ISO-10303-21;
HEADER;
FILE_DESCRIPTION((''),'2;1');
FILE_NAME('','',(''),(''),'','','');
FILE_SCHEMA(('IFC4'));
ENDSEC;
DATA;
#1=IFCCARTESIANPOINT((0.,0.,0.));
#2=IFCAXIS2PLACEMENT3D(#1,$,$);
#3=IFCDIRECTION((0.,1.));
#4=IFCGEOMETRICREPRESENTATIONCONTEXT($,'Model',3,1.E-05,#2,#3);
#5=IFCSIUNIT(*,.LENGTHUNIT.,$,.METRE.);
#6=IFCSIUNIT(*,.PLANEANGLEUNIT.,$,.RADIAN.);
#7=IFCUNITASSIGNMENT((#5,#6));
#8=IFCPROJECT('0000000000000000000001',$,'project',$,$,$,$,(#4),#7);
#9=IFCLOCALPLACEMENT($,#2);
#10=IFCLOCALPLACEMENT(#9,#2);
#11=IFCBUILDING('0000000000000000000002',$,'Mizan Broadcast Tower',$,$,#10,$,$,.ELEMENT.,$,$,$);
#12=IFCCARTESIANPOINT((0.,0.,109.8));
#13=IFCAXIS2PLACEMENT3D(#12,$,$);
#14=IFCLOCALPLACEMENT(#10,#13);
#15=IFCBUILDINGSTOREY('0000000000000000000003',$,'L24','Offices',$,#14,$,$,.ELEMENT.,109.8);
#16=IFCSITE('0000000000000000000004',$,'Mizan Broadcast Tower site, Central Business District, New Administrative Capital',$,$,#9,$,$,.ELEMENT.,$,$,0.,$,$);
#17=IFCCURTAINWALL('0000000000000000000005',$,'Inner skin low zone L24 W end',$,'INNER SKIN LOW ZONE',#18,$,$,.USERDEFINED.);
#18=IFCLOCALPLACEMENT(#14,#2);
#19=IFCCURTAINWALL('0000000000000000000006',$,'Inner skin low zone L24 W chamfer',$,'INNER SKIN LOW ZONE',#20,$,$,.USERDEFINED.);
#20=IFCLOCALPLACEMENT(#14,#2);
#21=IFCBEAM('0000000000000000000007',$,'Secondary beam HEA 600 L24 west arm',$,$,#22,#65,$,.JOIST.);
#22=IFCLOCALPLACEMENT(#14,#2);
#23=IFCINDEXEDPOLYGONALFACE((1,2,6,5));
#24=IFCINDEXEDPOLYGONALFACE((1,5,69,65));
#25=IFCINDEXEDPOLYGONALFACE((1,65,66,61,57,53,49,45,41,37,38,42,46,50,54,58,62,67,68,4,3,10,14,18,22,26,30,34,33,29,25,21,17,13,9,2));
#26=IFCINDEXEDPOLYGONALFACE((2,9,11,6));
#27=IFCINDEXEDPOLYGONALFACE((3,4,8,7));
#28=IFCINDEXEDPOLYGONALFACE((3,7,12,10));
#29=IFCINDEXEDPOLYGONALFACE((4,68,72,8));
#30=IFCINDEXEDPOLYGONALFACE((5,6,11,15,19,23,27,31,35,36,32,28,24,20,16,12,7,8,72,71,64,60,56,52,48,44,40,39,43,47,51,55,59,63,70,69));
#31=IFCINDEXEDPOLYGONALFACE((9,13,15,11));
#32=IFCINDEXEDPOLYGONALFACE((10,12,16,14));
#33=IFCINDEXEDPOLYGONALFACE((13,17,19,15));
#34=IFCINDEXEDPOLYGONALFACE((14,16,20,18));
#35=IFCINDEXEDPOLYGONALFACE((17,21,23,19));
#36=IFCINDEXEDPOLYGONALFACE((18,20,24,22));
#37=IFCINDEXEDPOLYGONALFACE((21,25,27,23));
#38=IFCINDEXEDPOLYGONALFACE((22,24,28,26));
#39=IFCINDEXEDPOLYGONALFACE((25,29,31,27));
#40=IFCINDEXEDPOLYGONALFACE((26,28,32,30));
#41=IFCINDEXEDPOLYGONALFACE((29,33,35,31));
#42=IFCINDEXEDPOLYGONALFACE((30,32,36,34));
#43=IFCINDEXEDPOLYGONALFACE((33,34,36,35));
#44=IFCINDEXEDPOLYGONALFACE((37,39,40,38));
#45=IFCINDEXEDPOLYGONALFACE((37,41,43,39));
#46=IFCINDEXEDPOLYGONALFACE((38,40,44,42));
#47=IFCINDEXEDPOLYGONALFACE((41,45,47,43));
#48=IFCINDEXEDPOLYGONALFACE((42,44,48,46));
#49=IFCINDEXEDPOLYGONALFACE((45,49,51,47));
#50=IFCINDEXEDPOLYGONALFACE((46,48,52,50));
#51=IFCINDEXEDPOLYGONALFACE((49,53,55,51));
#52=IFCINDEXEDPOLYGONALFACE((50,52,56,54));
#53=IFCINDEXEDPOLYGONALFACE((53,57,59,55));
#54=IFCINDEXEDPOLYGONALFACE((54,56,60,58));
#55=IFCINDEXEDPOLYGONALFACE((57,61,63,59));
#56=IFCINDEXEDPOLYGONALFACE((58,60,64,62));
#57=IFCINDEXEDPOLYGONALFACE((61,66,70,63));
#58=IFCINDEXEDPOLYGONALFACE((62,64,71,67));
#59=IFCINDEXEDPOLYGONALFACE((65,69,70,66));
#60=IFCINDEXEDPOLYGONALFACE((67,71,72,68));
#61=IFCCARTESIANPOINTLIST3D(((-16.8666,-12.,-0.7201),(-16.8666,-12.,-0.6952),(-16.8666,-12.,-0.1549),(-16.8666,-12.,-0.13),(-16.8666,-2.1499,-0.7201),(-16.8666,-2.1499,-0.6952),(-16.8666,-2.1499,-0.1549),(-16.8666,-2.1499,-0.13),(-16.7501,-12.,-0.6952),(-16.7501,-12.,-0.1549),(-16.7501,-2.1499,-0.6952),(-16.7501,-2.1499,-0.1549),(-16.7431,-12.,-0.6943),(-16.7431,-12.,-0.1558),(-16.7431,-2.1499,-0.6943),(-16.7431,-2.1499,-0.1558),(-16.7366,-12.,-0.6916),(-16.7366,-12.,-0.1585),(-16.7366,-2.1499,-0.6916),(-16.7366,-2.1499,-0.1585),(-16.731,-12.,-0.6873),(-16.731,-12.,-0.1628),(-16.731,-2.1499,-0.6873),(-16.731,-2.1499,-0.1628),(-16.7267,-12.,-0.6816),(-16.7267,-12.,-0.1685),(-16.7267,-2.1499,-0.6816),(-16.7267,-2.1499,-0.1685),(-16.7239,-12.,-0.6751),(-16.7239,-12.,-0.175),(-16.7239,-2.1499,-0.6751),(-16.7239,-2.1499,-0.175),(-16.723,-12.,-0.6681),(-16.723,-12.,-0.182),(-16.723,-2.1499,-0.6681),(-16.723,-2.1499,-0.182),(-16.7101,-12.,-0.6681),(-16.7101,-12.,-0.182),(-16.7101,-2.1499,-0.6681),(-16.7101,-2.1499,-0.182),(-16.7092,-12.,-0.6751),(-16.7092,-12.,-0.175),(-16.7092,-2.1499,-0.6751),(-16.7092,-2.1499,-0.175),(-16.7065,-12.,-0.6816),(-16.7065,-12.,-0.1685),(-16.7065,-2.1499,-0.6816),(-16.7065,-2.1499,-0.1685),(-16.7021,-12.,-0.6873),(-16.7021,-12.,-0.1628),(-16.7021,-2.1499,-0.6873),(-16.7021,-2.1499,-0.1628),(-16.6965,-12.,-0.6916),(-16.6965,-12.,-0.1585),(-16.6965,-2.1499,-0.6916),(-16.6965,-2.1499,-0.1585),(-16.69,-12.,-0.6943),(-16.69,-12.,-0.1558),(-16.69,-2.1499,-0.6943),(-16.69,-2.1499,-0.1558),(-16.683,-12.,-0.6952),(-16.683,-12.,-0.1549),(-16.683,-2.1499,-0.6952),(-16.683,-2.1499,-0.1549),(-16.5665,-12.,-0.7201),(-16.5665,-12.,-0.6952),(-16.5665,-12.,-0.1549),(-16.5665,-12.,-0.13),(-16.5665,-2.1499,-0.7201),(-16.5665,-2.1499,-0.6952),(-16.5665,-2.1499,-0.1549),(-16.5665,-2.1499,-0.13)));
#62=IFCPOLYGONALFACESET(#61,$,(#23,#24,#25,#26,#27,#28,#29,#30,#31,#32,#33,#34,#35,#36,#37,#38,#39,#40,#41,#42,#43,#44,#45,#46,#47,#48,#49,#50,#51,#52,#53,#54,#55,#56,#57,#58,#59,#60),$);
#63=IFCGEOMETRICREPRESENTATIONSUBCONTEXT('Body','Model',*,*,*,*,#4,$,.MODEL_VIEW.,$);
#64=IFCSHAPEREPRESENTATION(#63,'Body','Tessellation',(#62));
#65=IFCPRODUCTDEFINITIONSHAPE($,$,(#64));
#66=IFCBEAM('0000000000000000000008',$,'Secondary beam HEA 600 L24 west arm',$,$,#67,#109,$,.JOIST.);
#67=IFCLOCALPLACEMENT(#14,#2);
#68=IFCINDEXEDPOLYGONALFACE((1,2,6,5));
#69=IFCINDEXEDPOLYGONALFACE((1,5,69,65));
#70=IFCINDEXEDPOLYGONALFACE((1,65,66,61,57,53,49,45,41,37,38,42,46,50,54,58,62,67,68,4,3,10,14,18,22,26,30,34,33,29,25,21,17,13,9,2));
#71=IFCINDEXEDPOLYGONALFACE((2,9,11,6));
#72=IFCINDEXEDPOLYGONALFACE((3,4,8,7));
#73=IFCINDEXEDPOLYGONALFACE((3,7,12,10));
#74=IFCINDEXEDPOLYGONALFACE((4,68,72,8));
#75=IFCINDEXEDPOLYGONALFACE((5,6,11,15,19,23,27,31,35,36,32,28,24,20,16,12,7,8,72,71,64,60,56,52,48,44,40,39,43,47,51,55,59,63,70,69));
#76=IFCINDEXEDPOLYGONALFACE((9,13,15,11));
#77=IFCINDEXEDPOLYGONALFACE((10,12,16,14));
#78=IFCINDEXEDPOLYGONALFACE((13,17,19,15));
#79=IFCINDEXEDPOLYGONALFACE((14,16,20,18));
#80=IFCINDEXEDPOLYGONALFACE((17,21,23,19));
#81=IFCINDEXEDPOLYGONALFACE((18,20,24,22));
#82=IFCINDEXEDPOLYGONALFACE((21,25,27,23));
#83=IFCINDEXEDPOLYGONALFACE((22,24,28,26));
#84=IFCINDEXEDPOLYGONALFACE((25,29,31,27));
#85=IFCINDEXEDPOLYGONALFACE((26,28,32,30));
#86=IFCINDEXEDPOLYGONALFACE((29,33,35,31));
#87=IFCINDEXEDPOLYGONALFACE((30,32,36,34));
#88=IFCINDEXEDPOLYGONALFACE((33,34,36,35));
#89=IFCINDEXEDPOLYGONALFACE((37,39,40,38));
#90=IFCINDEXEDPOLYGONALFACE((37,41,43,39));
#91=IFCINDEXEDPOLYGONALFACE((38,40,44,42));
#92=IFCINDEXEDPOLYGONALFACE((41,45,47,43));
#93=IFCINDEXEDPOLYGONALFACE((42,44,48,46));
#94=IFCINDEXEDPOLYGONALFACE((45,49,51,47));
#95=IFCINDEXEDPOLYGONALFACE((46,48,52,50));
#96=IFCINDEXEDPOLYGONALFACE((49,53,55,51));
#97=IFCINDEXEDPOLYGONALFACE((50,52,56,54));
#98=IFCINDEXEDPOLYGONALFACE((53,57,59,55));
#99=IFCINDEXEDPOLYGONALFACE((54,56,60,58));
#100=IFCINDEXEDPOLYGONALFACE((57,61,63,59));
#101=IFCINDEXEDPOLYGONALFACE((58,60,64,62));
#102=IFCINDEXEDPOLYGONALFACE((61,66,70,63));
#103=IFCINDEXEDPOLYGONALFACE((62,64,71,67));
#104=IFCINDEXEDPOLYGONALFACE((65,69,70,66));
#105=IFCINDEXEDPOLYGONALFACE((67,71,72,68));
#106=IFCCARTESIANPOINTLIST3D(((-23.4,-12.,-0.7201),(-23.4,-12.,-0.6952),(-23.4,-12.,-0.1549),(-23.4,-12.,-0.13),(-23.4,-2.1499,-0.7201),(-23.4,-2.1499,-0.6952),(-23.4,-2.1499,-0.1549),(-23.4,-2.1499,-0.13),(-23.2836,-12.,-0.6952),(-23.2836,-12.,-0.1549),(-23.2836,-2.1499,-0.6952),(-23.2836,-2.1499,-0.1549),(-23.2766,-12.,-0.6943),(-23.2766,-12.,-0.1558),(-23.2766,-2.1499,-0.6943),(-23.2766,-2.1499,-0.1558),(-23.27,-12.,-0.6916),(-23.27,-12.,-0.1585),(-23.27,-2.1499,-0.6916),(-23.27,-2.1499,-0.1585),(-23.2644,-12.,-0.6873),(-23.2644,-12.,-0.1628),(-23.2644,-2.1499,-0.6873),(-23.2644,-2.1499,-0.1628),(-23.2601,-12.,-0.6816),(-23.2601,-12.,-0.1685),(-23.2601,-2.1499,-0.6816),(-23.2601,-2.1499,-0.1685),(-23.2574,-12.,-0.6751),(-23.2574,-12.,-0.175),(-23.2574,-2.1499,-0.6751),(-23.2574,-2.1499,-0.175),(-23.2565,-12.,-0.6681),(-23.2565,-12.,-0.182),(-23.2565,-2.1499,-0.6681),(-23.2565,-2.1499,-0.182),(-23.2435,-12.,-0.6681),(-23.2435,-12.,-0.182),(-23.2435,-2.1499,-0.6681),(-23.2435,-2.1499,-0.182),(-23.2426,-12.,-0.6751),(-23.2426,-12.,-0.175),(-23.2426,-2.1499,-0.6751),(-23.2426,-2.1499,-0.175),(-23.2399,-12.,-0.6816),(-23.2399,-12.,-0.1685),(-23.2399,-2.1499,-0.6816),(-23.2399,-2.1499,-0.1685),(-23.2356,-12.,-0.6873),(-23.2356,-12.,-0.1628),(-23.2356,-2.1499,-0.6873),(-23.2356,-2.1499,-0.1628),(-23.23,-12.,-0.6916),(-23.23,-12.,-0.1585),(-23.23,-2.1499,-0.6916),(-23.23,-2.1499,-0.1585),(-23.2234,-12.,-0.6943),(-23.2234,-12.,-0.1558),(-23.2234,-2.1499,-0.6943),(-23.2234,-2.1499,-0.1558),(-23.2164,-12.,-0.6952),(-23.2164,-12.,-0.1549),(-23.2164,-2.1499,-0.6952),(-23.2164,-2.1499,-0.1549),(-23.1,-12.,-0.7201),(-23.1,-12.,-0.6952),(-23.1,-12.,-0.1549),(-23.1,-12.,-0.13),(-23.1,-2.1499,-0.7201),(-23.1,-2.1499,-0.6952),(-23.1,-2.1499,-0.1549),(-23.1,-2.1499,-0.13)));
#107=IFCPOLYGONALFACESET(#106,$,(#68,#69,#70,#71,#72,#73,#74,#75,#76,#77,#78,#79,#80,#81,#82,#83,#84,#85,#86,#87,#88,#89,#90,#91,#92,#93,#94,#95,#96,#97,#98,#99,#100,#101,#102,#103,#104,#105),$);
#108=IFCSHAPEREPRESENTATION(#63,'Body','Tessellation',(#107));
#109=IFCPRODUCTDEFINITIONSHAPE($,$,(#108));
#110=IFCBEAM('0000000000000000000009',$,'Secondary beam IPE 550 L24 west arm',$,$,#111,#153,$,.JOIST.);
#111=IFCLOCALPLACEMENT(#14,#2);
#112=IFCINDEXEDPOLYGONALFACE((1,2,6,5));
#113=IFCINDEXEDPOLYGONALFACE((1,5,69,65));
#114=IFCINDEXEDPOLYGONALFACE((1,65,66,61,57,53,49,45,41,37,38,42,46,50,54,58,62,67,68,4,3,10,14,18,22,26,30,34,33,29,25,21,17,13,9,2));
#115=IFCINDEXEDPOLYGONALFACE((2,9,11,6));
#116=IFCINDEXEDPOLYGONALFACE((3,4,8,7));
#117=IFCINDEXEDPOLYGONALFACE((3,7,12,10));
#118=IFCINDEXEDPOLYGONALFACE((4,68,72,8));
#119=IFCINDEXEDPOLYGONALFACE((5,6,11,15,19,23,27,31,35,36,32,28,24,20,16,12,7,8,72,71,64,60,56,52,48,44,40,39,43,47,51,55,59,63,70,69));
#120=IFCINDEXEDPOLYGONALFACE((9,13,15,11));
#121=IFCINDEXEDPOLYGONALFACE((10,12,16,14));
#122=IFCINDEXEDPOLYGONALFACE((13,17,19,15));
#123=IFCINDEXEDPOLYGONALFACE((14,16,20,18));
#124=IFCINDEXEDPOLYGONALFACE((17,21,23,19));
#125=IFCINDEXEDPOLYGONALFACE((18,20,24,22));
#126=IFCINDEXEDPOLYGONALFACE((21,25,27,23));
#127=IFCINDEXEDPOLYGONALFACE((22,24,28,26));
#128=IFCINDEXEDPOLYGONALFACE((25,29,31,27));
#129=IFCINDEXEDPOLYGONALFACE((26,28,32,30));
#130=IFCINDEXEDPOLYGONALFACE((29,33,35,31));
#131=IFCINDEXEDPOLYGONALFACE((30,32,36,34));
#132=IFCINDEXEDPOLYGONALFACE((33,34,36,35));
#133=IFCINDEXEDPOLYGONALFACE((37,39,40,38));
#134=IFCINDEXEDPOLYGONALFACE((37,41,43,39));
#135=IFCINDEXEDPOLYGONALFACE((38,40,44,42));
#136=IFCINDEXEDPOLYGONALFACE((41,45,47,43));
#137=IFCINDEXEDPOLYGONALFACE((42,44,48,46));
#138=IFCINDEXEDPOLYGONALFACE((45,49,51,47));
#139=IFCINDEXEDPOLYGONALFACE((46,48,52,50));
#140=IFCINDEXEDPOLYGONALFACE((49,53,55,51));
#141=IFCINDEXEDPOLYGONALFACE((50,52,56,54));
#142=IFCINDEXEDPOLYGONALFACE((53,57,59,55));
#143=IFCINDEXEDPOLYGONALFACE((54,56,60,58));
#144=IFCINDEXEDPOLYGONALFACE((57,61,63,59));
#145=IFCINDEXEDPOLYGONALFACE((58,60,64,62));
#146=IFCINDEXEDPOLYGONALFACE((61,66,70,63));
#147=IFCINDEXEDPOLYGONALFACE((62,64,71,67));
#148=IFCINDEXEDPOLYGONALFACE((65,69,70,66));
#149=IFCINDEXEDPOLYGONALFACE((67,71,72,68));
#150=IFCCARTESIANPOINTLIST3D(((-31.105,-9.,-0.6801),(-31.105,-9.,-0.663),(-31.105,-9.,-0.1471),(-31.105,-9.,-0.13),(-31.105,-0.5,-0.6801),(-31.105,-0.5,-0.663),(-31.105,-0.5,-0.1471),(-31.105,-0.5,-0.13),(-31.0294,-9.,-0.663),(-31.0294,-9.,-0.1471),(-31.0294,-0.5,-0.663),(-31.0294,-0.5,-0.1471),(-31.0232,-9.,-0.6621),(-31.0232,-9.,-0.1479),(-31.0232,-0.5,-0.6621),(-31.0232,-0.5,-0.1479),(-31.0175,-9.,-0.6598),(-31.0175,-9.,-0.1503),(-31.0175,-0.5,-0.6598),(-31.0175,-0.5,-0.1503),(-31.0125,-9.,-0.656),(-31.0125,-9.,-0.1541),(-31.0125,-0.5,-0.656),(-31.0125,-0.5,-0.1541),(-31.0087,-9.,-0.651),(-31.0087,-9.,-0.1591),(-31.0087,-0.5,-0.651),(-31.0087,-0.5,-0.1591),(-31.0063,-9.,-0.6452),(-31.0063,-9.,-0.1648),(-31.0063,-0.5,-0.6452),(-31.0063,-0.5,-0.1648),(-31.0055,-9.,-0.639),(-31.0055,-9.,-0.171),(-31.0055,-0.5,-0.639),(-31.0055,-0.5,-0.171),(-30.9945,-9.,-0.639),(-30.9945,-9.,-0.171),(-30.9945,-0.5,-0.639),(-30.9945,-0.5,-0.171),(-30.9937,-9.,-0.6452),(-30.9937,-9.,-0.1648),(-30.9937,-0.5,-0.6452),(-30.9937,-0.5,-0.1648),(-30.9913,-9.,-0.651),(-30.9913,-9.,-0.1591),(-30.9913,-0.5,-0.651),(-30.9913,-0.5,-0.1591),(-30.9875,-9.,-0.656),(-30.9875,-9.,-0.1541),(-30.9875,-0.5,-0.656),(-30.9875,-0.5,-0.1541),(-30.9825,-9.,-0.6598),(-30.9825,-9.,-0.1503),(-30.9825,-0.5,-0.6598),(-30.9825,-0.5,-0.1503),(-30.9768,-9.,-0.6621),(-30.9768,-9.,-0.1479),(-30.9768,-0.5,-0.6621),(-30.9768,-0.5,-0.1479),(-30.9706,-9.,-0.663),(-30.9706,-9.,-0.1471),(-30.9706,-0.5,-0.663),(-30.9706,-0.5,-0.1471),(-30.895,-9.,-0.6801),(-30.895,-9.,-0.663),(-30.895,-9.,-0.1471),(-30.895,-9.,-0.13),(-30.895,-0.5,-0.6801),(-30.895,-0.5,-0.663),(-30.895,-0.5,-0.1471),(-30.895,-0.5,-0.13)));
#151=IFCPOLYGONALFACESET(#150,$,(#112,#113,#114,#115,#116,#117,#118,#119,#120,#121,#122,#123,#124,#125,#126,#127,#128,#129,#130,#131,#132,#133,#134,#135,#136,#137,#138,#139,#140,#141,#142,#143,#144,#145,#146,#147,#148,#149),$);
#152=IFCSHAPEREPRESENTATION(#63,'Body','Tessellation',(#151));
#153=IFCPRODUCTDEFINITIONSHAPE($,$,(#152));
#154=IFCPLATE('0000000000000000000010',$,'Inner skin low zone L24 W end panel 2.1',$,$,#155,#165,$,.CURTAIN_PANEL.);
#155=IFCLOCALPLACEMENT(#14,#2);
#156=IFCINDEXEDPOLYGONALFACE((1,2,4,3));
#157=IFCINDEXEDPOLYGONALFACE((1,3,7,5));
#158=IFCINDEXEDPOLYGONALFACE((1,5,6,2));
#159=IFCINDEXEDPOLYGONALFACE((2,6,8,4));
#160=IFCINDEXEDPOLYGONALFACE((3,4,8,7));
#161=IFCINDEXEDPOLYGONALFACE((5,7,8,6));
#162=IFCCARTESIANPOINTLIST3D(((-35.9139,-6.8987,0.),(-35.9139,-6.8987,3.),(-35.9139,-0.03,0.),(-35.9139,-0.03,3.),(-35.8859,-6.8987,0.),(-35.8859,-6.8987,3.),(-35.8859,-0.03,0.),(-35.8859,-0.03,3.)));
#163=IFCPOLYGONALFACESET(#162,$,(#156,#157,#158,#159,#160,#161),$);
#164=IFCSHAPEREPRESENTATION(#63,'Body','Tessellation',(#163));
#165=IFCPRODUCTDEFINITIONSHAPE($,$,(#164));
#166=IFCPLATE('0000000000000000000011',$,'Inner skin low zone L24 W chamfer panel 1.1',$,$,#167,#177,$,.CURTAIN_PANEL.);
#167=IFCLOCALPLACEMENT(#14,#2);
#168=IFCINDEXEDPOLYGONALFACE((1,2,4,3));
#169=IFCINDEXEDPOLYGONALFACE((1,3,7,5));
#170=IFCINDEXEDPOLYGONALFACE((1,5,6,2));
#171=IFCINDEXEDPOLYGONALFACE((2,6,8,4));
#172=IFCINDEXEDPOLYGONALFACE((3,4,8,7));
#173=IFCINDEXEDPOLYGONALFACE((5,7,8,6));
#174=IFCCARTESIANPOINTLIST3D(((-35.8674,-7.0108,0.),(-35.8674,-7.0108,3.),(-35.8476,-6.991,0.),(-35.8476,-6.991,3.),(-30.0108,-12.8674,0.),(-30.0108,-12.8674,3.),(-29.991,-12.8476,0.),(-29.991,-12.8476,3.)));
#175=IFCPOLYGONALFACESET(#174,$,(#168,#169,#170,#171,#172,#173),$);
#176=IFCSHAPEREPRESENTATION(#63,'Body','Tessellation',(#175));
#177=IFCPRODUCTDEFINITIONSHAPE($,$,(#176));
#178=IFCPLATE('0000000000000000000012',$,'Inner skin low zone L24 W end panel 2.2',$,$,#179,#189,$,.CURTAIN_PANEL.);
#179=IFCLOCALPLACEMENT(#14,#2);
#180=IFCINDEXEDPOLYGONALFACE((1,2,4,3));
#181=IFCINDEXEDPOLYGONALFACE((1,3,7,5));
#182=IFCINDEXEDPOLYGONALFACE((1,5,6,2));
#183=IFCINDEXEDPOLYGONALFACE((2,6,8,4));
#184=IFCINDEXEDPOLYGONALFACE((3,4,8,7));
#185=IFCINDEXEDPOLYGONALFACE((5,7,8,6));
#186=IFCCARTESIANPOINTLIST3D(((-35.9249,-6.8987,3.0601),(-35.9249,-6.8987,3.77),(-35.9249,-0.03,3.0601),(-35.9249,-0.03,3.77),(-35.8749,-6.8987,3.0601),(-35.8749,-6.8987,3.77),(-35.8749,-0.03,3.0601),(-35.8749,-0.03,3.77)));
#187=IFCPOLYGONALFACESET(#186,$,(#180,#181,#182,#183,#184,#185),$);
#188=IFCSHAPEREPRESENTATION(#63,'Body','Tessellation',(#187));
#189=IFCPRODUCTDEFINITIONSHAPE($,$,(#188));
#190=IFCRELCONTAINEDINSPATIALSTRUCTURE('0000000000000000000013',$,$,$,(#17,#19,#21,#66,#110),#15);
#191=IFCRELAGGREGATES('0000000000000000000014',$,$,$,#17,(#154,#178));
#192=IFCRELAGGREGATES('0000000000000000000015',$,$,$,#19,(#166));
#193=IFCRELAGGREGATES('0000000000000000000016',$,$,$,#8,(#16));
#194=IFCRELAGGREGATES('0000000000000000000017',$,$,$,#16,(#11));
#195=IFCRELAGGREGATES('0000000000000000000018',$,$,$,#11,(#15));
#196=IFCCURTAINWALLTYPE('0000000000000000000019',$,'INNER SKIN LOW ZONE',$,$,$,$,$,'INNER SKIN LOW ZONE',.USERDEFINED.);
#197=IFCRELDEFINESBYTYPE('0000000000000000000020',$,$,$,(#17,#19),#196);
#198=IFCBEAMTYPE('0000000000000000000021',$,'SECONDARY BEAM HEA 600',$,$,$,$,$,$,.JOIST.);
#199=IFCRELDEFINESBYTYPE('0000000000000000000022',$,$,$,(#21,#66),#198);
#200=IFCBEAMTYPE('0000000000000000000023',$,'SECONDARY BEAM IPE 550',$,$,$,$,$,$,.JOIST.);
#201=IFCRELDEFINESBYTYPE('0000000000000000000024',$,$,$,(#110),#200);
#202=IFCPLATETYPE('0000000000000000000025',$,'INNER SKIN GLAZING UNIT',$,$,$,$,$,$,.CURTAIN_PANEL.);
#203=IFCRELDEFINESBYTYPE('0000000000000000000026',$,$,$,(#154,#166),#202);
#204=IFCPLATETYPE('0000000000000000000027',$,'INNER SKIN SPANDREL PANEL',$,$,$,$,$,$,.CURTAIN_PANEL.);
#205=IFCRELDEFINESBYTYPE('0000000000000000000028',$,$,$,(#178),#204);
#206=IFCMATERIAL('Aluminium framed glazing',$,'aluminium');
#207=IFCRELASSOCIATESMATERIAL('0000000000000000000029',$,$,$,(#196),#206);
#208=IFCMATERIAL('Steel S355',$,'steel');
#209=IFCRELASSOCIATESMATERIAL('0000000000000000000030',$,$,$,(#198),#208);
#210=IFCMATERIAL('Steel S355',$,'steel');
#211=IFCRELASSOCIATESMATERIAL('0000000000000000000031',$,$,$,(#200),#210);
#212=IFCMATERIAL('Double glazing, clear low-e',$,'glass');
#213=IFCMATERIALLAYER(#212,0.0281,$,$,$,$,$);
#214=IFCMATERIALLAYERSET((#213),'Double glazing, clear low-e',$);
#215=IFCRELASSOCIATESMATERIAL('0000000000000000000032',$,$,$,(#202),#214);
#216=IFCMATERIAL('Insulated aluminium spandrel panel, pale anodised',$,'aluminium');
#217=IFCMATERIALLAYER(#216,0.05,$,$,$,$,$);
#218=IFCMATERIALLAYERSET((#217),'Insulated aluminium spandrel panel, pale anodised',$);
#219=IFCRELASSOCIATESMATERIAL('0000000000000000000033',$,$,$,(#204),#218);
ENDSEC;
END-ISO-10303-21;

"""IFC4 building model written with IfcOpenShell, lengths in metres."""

from ifc_helpers import new_model, si_unit, direction, frame, origin, origin_2d, place, context, subcontext, project, spatial, rectangle, i_section, extrude, material, layer, layer_set, material_profile, profile_set, type_object, element, aggregate, save


model = new_model("IFC4")

# Units and contexts
model_context = context("Model", 3, precision=1e-05, world=origin(), true_north=direction((0.0, 1.0)))
body_context = subcontext(model_context, "Body", "Model", "MODEL_VIEW")
ifc_project = project(units=[si_unit("LENGTHUNIT", "METRE"), si_unit("PLANEANGLEUNIT", "RADIAN")], contexts=[model_context])

# Site, building, storey
site_placement = place(None, origin())
site = spatial("IfcSite", under=ifc_project, at=site_placement, Name="Mizan Broadcast Tower site, Central Business District, New Administrative Capital", CompositionType="ELEMENT", RefElevation=0.0)
building_placement = place(site_placement, origin())
building = spatial("IfcBuilding", under=site, at=building_placement, Name="Mizan Broadcast Tower", CompositionType="ELEMENT")
storey_placement = place(building_placement, frame((0.0, 0.0, 109.8)))
storey = spatial("IfcBuildingStorey", under=building, at=storey_placement, Name="L24", Description="Offices", CompositionType="ELEMENT", Elevation=109.8)

# Curtain wall
ifc_material_1 = material(Name="Aluminium framed glazing", Category="aluminium")
curtain_wall_type_1 = type_object("IfcCurtainWallType", Name="INNER SKIN LOW ZONE", ElementType="INNER SKIN LOW ZONE", PredefinedType="USERDEFINED", material=ifc_material_1)
curtain_wall_1_placement = place(storey_placement, origin())
curtain_wall_1 = element("IfcCurtainWall", 1, at=curtain_wall_1_placement, inside=storey, type_object=curtain_wall_type_1, Name="Inner skin low zone L24 W end", ObjectType="INNER SKIN LOW ZONE", PredefinedType="USERDEFINED")

# Curtain wall
curtain_wall_2_placement = place(storey_placement, origin())
curtain_wall_2 = element("IfcCurtainWall", 2, at=curtain_wall_2_placement, inside=storey, type_object=curtain_wall_type_1, Name="Inner skin low zone L24 W chamfer", ObjectType="INNER SKIN LOW ZONE", PredefinedType="USERDEFINED")

# Beams
ifc_material_2 = material(Name="Steel S355", Category="steel")
ifc_material_profile_1 = material_profile(ifc_material_2, i_section(OverallWidth=0.3, OverallDepth=0.5901, WebThickness=0.0129, FlangeThickness=0.0249, FilletRadius=0.0271, at=origin_2d()), Name="HEA 600")
ifc_profile_set_1 = profile_set([ifc_material_profile_1], Name="Steel S355")
beam_type_1 = type_object("IfcBeamType", Name="SECONDARY BEAM HEA 600", PredefinedType="JOIST", material=ifc_profile_set_1)
for number, where, z_axis, x_axis, name in (
    (3, (-16.7166, -12.0, -0.425), (0.0, 1.0, 0.0), (-1.0, 0.0, 0.0), "Secondary beam HEA 600 L24 west arm"),
    (4, (-23.25, -12.0, -0.425), (0.0, 1.0, 0.0), (-1.0, 0.0, 0.0), "Secondary beam HEA 600 L24 west arm"),
):
    element("IfcBeam", number, at=place(storey_placement, frame(where, z_axis=z_axis, x_axis=x_axis)), inside=storey, type_object=beam_type_1, Name=name, PredefinedType="JOIST", context=body_context, shape_type="SweptSolid", body=[
        extrude(i_section(OverallWidth=0.3, OverallDepth=0.5901, WebThickness=0.0129, FlangeThickness=0.0249, FilletRadius=0.0271, at=origin_2d()), origin(), (0.0, 0.0, 1.0), 9.8501),
    ])
ifc_material_3 = material(Name="Steel S355", Category="steel")
ifc_material_profile_2 = material_profile(ifc_material_3, i_section(OverallWidth=0.21, OverallDepth=0.55, WebThickness=0.011, FlangeThickness=0.0171, FilletRadius=0.0239, at=origin_2d()), Name="IPE 550")
ifc_profile_set_2 = profile_set([ifc_material_profile_2], Name="Steel S355")
beam_type_2 = type_object("IfcBeamType", Name="SECONDARY BEAM IPE 550", PredefinedType="JOIST", material=ifc_profile_set_2)
beam_1_placement = place(storey_placement, frame((-31.0, -9.0, -0.405), z_axis=(0.0, 1.0, 0.0), x_axis=(-1.0, 0.0, 0.0)))
element("IfcBeam", 5, at=beam_1_placement, inside=storey, type_object=beam_type_2, Name="Secondary beam IPE 550 L24 west arm", PredefinedType="JOIST", context=body_context, shape_type="SweptSolid", body=[
    extrude(i_section(OverallWidth=0.21, OverallDepth=0.55, WebThickness=0.011, FlangeThickness=0.0171, FilletRadius=0.0239, at=origin_2d()), origin(), (0.0, 0.0, 1.0), 8.5),
])

# Plates
ifc_material_4 = material(Name="Double glazing, clear low-e", Category="glass")
ifc_layer_1 = layer(ifc_material_4, 0.0281)
ifc_layer_set_1 = layer_set([ifc_layer_1], Name="Double glazing, clear low-e")
plate_type_1 = type_object("IfcPlateType", Name="INNER SKIN GLAZING UNIT", PredefinedType="CURTAIN_PANEL", material=ifc_layer_set_1)
plate_1_placement = place(storey_placement, frame((-35.8999, -3.4644, 0.0), z_axis=(0.0, 0.0, 1.0), x_axis=(0.0, -1.0, 0.0)))
plate_1 = element("IfcPlate", 6, at=plate_1_placement, type_object=plate_type_1, Name="Inner skin low zone L24 W end panel 2.1", PredefinedType="CURTAIN_PANEL", context=body_context, shape_type="SweptSolid", body=[
    extrude(rectangle(XDim=6.8687, YDim=0.0281, at=origin_2d()), origin(), (0.0, 0.0, 1.0), 3.0),
])
plate_2_placement = place(storey_placement, frame((-32.9292, -9.9292, 0.0), z_axis=(0.0, 0.0, 1.0), x_axis=(0.707107, -0.707107, 0.0)))
plate_2 = element("IfcPlate", 7, at=plate_2_placement, type_object=plate_type_1, Name="Inner skin low zone L24 W chamfer panel 1.1", PredefinedType="CURTAIN_PANEL", context=body_context, shape_type="SweptSolid", body=[
    extrude(rectangle(XDim=8.2825, YDim=0.0281, at=origin_2d()), origin(), (0.0, 0.0, 1.0), 3.0),
])
ifc_material_5 = material(Name="Insulated aluminium spandrel panel, pale anodised", Category="aluminium")
ifc_layer_2 = layer(ifc_material_5, 0.05)
ifc_layer_set_2 = layer_set([ifc_layer_2], Name="Insulated aluminium spandrel panel, pale anodised")
plate_type_2 = type_object("IfcPlateType", Name="INNER SKIN SPANDREL PANEL", PredefinedType="CURTAIN_PANEL", material=ifc_layer_set_2)
plate_3_placement = place(storey_placement, frame((-35.8999, -3.4644, 3.0601), z_axis=(0.0, 0.0, 1.0), x_axis=(0.0, -1.0, 0.0)))
plate_3 = element("IfcPlate", 8, at=plate_3_placement, type_object=plate_type_2, Name="Inner skin low zone L24 W end panel 2.2", PredefinedType="CURTAIN_PANEL", context=body_context, shape_type="SweptSolid", body=[
    extrude(rectangle(XDim=6.8687, YDim=0.05, at=origin_2d()), origin(), (0.0, 0.0, 1.0), 0.71),
])
aggregate(curtain_wall_1, [plate_1, plate_3])
aggregate(curtain_wall_2, [plate_2])

save(model, "model.ifc")
